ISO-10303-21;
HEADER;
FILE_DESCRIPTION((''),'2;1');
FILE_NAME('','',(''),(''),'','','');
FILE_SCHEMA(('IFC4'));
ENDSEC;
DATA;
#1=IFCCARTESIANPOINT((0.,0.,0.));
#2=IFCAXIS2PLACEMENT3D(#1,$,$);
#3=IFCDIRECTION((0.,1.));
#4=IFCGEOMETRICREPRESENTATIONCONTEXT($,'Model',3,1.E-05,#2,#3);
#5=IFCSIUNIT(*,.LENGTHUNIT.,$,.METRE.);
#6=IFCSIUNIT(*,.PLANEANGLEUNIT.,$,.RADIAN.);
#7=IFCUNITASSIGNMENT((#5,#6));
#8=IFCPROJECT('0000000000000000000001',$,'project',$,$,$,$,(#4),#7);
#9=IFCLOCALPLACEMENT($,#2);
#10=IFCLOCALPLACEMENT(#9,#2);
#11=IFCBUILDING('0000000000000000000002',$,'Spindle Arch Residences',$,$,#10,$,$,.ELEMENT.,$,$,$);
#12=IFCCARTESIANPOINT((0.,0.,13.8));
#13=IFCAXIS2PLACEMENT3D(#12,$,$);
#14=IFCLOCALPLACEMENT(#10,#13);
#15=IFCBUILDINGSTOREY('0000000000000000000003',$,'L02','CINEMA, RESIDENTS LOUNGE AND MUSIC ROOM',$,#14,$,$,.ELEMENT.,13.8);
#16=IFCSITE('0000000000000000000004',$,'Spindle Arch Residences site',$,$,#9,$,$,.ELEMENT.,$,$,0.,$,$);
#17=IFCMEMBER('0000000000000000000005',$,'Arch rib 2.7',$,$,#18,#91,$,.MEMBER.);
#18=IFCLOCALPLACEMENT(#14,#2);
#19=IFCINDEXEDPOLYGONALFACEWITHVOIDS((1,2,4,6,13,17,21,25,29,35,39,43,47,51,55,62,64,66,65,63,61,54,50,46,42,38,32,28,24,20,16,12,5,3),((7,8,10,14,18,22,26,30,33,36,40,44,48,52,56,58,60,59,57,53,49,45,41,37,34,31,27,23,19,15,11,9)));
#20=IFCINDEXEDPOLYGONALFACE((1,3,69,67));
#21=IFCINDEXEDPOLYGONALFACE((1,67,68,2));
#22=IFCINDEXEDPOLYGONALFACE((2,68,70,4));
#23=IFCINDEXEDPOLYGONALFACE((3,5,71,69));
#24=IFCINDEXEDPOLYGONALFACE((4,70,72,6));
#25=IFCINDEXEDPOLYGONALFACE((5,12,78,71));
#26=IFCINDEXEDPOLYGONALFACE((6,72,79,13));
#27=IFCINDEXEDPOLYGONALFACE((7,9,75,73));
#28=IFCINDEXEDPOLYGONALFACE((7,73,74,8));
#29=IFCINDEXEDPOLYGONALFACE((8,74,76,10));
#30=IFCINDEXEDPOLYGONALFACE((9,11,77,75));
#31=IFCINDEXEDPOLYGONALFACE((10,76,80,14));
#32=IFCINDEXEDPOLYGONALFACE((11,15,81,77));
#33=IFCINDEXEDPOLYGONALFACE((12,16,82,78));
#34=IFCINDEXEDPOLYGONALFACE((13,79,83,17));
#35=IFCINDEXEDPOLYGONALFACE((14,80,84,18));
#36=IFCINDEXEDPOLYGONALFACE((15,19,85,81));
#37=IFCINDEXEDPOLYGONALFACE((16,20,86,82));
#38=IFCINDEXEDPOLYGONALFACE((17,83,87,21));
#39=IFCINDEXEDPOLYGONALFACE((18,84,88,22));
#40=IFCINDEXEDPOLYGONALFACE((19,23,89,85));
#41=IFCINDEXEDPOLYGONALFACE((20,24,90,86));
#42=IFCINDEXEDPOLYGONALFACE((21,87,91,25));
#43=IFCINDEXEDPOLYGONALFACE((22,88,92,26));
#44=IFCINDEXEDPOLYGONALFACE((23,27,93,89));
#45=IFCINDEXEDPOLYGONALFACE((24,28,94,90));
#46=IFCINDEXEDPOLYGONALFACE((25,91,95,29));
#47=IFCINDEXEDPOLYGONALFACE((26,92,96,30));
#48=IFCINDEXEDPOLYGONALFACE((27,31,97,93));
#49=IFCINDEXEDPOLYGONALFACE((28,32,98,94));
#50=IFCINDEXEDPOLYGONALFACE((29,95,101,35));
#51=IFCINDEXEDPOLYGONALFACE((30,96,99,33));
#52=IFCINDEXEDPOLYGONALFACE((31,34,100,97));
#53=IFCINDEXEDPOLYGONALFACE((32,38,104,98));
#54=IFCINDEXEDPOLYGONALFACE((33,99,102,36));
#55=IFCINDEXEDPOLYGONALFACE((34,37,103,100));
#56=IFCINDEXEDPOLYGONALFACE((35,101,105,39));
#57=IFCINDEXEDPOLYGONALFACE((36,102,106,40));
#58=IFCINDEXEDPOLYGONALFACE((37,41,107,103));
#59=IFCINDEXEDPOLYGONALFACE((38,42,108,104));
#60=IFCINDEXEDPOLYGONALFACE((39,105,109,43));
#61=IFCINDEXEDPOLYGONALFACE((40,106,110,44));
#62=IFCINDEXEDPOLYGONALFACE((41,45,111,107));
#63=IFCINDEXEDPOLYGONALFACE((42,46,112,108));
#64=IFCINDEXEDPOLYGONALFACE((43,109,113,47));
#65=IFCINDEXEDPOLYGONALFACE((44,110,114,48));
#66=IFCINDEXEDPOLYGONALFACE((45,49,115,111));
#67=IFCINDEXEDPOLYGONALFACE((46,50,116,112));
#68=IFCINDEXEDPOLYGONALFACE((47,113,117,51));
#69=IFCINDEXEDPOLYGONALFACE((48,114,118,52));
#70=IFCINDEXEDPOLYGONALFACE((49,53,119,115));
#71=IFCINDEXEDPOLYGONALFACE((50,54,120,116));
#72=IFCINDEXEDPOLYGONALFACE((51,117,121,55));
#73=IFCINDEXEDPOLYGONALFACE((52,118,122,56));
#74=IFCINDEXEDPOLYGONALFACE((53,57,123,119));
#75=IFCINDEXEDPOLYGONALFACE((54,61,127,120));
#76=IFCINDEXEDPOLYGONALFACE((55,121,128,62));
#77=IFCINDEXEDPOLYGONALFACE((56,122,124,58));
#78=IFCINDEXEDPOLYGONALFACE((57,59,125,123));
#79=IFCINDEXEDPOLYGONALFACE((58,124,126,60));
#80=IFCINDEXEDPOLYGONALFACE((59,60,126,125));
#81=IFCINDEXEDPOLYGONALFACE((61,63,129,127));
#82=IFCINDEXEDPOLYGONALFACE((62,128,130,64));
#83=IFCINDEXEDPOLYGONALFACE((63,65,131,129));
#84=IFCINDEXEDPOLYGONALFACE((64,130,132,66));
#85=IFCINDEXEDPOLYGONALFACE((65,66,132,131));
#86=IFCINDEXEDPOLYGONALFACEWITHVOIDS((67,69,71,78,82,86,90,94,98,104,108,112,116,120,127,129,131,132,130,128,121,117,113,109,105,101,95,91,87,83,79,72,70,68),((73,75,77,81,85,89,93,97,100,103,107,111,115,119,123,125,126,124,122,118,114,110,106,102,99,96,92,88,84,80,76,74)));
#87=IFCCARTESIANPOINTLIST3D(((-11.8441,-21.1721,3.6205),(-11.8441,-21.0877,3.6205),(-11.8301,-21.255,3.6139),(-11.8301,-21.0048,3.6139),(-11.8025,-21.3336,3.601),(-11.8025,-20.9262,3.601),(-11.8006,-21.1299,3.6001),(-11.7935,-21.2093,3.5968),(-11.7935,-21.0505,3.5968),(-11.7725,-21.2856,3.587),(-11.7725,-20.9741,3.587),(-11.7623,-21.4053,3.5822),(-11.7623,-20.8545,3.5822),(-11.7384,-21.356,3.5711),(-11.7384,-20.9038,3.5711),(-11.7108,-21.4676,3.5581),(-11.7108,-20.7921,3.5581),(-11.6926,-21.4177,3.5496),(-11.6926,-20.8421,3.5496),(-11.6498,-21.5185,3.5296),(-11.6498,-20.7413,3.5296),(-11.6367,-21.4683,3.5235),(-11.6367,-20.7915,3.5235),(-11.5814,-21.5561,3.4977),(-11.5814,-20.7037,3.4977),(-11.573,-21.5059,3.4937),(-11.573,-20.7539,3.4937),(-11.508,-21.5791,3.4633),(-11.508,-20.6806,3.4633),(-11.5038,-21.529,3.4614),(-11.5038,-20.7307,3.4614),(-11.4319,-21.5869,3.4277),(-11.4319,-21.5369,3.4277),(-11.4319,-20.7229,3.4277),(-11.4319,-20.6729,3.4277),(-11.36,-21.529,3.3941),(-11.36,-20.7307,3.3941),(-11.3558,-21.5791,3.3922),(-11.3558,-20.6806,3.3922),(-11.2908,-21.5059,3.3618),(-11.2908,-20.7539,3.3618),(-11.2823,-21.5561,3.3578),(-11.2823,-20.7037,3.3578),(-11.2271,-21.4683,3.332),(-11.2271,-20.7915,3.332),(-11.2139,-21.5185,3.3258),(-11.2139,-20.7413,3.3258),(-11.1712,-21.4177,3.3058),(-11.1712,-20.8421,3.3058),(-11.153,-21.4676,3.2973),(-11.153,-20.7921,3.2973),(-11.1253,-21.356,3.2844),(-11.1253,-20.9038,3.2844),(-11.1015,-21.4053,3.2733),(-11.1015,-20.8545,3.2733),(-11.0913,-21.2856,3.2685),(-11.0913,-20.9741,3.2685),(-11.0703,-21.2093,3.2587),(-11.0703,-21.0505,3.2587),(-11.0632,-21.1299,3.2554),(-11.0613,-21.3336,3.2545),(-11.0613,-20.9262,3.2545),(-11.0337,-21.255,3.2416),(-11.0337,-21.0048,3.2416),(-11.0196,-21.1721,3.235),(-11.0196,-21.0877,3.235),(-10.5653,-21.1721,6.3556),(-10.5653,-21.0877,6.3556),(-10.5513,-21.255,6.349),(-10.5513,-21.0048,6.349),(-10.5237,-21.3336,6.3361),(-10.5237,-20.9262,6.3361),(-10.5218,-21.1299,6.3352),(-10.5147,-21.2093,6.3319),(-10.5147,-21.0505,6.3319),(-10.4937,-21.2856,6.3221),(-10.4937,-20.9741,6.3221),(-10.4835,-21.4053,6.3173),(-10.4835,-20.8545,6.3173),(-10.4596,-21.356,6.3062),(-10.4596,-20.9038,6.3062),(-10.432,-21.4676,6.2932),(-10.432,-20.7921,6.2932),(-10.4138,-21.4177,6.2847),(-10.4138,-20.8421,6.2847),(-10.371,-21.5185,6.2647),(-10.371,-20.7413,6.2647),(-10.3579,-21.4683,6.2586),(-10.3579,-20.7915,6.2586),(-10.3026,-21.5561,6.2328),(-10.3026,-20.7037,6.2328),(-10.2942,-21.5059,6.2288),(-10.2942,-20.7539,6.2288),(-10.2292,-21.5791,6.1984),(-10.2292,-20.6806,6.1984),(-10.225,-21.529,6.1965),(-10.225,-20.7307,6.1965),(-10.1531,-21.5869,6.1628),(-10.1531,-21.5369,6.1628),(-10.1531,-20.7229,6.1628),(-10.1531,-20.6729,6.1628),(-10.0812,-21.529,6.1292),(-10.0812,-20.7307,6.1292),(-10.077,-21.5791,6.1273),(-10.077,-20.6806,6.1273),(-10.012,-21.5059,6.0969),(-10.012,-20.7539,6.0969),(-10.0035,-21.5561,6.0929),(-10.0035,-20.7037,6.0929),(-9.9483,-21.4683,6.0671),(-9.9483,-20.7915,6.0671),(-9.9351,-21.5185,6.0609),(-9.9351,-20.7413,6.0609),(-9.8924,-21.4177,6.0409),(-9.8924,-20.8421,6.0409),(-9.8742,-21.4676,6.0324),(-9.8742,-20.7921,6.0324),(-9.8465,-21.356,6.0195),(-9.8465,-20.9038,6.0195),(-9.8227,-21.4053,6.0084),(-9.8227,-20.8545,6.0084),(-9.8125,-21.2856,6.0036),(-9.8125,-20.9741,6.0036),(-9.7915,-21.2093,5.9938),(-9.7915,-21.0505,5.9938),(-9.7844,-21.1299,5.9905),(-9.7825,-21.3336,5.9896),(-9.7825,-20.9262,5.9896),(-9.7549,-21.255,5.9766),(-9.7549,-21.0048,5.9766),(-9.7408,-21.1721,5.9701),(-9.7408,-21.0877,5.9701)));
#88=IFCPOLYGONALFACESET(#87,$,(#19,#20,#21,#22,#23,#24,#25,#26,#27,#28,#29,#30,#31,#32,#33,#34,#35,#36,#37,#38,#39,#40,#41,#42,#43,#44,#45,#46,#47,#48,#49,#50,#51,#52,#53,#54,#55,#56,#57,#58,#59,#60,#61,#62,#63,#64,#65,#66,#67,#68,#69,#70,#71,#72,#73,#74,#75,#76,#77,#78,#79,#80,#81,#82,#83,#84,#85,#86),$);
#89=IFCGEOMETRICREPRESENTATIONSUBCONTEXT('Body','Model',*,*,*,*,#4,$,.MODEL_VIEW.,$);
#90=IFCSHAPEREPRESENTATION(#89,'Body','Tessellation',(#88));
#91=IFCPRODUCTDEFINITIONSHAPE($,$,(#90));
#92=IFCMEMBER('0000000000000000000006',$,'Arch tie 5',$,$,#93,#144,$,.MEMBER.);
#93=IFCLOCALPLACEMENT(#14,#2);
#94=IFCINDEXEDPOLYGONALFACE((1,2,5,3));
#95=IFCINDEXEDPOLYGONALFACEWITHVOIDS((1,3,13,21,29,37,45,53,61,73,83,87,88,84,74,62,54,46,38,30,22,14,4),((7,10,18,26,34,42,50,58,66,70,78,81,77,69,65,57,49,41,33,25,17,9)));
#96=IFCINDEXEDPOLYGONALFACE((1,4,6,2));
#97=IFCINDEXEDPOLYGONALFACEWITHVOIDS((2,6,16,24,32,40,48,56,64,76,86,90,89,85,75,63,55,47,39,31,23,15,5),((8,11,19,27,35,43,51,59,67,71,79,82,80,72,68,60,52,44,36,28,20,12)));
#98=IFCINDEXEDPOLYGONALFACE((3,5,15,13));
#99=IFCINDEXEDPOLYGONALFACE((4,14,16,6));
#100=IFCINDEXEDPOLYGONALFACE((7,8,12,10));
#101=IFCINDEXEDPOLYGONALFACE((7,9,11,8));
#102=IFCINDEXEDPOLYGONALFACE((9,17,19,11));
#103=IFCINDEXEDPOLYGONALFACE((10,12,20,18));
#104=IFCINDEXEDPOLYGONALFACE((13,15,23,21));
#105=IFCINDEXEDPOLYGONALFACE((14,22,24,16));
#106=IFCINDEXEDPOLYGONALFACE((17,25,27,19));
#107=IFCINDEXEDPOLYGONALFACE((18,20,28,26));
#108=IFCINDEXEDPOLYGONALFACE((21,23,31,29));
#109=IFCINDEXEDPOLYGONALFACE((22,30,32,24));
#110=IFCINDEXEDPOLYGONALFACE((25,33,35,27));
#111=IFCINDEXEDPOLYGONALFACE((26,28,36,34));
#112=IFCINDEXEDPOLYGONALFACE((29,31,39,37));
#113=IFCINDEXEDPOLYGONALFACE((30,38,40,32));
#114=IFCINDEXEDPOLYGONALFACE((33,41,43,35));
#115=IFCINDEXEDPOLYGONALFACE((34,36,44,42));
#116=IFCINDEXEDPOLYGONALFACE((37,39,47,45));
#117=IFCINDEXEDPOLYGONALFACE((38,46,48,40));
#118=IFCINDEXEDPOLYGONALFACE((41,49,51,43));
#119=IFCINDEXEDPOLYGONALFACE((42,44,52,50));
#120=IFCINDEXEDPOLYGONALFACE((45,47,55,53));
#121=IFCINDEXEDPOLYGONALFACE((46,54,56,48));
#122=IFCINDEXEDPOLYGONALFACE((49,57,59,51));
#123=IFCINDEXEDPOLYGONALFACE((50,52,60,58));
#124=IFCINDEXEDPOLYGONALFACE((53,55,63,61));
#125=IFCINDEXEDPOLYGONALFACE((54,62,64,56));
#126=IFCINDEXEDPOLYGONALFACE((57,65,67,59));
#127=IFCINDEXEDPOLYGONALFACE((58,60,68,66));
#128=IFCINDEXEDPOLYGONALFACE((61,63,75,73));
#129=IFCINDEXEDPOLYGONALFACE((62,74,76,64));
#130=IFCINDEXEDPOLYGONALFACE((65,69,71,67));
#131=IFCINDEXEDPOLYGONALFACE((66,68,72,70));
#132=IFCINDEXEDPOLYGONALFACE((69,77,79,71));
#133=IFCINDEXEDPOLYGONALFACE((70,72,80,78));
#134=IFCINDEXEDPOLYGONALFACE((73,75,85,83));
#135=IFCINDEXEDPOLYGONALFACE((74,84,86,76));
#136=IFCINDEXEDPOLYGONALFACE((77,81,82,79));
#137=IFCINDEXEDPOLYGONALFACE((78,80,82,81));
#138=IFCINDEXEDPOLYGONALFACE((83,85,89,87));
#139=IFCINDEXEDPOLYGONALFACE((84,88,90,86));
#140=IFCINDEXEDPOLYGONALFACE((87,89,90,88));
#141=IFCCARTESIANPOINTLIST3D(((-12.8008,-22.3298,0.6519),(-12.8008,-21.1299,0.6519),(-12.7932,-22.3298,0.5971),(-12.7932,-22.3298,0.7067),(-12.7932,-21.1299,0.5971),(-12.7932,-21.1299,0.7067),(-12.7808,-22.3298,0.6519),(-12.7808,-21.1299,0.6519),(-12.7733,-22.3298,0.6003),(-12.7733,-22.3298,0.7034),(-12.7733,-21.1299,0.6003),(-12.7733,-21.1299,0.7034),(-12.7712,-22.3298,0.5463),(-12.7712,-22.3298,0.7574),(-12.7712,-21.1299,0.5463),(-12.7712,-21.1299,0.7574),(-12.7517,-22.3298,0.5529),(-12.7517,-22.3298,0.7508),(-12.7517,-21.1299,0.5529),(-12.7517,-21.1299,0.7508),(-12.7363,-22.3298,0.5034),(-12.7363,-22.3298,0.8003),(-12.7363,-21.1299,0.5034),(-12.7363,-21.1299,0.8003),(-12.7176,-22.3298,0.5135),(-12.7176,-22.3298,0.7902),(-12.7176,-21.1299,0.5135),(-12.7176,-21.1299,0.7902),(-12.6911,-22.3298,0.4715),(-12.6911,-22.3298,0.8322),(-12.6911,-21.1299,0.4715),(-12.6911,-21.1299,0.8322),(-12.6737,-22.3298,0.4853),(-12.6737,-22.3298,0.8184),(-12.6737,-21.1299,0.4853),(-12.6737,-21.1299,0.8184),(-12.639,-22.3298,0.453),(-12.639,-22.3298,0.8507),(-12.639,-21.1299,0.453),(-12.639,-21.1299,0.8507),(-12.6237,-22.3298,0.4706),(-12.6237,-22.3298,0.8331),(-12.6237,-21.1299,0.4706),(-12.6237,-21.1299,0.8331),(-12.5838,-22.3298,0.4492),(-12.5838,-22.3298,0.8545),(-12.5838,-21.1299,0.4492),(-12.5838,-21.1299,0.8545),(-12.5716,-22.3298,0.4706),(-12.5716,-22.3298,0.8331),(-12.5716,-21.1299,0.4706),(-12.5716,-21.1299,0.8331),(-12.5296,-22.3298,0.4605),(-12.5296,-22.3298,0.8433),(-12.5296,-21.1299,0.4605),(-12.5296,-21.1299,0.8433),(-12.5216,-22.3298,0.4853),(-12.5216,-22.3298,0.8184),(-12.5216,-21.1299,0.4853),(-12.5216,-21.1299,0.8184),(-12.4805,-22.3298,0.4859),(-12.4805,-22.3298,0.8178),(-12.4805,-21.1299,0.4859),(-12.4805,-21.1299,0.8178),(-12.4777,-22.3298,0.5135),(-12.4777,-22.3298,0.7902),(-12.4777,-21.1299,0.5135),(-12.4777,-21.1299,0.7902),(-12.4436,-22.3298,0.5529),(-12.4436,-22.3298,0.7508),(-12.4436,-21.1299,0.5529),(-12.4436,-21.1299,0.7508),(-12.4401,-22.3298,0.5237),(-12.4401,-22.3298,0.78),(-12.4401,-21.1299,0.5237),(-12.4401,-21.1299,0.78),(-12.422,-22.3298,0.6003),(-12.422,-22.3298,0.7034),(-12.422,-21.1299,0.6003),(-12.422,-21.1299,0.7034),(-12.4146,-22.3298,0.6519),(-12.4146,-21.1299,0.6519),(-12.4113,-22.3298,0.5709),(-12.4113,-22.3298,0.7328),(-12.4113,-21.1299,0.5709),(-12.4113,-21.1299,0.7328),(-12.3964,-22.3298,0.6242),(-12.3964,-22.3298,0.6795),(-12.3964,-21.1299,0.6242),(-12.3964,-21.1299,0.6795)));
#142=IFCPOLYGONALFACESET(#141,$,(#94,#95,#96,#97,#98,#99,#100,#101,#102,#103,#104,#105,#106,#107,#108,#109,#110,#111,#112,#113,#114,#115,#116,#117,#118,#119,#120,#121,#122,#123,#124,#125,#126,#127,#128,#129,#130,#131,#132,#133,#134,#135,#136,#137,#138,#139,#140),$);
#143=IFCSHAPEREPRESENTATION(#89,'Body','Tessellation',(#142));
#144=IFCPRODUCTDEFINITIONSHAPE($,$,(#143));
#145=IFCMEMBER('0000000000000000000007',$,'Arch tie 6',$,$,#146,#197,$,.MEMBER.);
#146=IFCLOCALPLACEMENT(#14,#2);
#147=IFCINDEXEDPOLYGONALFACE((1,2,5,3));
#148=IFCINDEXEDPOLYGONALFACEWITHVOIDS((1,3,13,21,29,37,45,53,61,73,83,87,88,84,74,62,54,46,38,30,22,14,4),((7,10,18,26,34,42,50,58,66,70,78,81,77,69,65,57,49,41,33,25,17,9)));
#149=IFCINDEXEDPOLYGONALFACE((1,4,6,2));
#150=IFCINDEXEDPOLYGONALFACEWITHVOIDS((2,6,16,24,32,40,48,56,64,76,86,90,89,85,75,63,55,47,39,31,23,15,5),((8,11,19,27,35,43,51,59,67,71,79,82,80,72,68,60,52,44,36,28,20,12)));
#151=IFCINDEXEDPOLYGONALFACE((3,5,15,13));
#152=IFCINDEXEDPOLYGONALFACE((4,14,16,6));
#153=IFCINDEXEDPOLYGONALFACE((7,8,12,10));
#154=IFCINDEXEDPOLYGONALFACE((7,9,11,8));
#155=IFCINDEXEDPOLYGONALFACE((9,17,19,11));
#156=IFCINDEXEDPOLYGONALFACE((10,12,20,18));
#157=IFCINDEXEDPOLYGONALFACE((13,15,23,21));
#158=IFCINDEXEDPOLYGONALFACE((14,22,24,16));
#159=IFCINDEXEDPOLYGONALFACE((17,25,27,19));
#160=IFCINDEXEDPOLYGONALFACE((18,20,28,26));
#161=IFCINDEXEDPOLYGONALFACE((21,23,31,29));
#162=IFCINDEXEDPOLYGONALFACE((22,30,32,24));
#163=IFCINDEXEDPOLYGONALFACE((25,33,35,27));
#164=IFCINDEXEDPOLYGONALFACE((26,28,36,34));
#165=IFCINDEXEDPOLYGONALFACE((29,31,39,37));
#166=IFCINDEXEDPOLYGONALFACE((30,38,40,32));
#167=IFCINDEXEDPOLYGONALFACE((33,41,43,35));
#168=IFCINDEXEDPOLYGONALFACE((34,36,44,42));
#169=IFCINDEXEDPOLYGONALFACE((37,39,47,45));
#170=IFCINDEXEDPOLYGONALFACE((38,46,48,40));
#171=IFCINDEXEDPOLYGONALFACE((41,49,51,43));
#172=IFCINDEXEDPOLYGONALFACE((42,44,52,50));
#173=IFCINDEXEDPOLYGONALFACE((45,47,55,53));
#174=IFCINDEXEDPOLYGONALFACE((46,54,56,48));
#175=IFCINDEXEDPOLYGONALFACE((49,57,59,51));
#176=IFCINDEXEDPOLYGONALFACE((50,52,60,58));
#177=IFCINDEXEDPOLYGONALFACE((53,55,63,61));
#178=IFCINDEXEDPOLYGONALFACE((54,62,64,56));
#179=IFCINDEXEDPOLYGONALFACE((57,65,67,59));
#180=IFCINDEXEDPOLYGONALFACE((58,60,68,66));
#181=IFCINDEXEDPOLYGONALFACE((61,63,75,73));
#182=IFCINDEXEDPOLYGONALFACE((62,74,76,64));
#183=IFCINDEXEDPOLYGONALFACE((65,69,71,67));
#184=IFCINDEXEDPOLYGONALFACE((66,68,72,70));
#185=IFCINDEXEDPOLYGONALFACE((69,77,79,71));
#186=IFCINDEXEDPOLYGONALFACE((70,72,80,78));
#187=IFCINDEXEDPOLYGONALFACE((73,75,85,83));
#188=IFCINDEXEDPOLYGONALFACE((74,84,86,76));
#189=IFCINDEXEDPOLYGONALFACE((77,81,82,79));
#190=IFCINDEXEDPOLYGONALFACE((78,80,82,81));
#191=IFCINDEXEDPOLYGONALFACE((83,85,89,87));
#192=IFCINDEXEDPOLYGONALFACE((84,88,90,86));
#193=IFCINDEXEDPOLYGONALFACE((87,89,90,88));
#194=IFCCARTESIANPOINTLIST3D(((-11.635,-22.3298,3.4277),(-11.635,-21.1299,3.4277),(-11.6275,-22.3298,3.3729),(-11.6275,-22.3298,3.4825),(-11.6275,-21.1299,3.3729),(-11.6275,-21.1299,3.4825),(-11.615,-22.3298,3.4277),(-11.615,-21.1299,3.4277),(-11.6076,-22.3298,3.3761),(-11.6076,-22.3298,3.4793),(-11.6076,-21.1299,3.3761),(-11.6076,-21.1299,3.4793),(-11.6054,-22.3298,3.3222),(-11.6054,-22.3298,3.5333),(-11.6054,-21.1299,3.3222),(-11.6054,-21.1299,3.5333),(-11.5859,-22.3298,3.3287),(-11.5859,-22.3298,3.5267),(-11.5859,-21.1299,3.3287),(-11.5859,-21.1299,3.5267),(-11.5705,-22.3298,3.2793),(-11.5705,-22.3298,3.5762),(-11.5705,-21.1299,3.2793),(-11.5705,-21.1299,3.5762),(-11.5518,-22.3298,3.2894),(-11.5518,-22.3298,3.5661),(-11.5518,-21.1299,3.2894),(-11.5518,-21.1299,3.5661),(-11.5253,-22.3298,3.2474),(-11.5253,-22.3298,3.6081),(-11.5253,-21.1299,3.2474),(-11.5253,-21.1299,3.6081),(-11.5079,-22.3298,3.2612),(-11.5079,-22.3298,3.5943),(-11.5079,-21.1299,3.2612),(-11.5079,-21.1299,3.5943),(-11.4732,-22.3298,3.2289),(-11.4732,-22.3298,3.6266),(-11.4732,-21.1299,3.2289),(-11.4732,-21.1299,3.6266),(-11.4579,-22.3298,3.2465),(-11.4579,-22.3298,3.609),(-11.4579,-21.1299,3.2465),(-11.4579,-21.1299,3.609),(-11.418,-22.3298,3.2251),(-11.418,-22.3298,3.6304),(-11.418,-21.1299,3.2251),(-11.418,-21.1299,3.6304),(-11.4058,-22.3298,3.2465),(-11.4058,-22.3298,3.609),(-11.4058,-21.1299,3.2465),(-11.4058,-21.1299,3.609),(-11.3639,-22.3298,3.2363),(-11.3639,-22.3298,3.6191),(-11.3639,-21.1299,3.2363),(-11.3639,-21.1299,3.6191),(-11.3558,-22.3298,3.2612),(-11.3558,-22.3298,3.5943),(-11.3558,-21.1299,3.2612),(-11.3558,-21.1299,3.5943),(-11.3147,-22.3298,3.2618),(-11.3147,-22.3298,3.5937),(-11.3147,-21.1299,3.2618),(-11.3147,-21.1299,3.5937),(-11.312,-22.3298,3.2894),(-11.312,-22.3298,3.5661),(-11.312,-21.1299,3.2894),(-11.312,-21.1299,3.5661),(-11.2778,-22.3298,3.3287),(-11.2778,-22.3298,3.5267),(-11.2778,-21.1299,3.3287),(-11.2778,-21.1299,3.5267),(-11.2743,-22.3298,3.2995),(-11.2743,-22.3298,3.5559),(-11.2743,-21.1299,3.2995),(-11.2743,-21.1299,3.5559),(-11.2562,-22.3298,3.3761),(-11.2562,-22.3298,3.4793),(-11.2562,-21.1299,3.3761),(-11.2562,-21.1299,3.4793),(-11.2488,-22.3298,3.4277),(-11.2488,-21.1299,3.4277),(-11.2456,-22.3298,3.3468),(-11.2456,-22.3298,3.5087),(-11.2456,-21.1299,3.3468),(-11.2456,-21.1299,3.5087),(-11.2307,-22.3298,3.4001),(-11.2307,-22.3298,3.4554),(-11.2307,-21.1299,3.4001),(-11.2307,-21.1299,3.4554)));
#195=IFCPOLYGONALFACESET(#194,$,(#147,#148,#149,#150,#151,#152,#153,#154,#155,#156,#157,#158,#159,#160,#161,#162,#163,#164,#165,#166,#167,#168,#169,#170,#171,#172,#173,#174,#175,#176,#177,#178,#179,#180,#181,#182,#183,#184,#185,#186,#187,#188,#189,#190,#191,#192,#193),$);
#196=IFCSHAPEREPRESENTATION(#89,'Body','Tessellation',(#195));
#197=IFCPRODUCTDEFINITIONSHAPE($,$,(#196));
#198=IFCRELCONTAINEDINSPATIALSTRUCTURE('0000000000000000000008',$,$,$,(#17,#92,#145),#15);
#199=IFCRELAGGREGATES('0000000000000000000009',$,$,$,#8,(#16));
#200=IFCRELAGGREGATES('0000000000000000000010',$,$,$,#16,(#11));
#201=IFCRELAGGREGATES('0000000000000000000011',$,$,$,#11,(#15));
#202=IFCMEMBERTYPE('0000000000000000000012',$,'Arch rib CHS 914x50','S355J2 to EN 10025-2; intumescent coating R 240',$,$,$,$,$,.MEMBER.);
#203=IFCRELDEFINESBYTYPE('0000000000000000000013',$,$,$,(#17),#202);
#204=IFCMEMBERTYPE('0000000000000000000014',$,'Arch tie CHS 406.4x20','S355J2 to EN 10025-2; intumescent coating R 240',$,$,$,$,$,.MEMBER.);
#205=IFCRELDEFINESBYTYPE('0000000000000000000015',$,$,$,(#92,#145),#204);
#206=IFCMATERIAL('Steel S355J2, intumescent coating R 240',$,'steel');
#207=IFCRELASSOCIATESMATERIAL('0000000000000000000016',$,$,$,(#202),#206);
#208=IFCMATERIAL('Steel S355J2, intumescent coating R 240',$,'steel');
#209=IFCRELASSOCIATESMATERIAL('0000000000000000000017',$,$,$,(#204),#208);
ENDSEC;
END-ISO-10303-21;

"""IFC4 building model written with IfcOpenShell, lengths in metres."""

from ifc_helpers import new_model, si_unit, direction, frame, origin, origin_2d, place, context, subcontext, project, spatial, hollow_circle, extrude, material, material_profile, profile_set, type_object, element, save


model = new_model("IFC4")

# Units and contexts
model_context = context("Model", 3, precision=1e-05, world=origin(), true_north=direction((0.0, 1.0)))
body_context = subcontext(model_context, "Body", "Model", "MODEL_VIEW")
ifc_project = project(units=[si_unit("LENGTHUNIT", "METRE"), si_unit("PLANEANGLEUNIT", "RADIAN")], contexts=[model_context])

# Site, building, storey
site_placement = place(None, origin())
site = spatial("IfcSite", under=ifc_project, at=site_placement, Name="Spindle Arch Residences site", CompositionType="ELEMENT", RefElevation=0.0)
building_placement = place(site_placement, origin())
building = spatial("IfcBuilding", under=site, at=building_placement, Name="Spindle Arch Residences", CompositionType="ELEMENT")
storey_placement = place(building_placement, frame((0.0, 0.0, 13.8)))
storey = spatial("IfcBuildingStorey", under=building, at=storey_placement, Name="L02", Description="CINEMA, RESIDENTS LOUNGE AND MUSIC ROOM", CompositionType="ELEMENT", Elevation=13.8)

# Members
ifc_material_1 = material(Name="Steel S355J2, intumescent coating R 240", Category="steel")
ifc_material_profile_1 = material_profile(ifc_material_1, hollow_circle(Radius=0.457, WallThickness=0.05, at=origin_2d()), Name="CHS 914x50")
ifc_profile_set_1 = profile_set([ifc_material_profile_1], Name="Steel S355J2, intumescent coating R 240")
member_type_1 = type_object("IfcMemberType", Name="Arch rib CHS 914x50", Description="S355J2 to EN 10025-2; intumescent coating R 240", PredefinedType="MEMBER", material=ifc_profile_set_1)
member_1_placement = place(storey_placement, frame((-11.4319, -21.1299, 3.4277), z_axis=(0.423545, 0.0, 0.905875), x_axis=(0.0, 1.0, 0.0)))
element("IfcMember", 1, at=member_1_placement, inside=storey, type_object=member_type_1, Name="Arch rib 2.7", PredefinedType="MEMBER", context=body_context, shape_type="SweptSolid", body=[
    extrude(hollow_circle(Radius=0.457, WallThickness=0.05, at=origin_2d()), origin(), (0.0, 0.0, 1.0), 3.0193),
])
ifc_material_2 = material(Name="Steel S355J2, intumescent coating R 240", Category="steel")
ifc_material_profile_2 = material_profile(ifc_material_2, hollow_circle(Radius=0.2031, WallThickness=0.02, at=origin_2d()), Name="CHS 406.4x20")
ifc_profile_set_2 = profile_set([ifc_material_profile_2], Name="Steel S355J2, intumescent coating R 240")
member_type_2 = type_object("IfcMemberType", Name="Arch tie CHS 406.4x20", Description="S355J2 to EN 10025-2; intumescent coating R 240", PredefinedType="MEMBER", material=ifc_profile_set_2)
for number, where, z_axis, x_axis, name in (
    (2, (-12.5977, -22.3298, 0.6519), (0.0, 1.0, 0.0), (-1.0, 0.0, 0.0), "Arch tie 5"),
    (3, (-11.4319, -22.3298, 3.4277), (0.0, 1.0, 0.0), (-1.0, 0.0, 0.0), "Arch tie 6"),
):
    element("IfcMember", number, at=place(storey_placement, frame(where, z_axis=z_axis, x_axis=x_axis)), inside=storey, type_object=member_type_2, Name=name, PredefinedType="MEMBER", context=body_context, shape_type="SweptSolid", body=[
        extrude(hollow_circle(Radius=0.2031, WallThickness=0.02, at=origin_2d()), origin(), (0.0, 0.0, 1.0), 1.2),
    ])

save(model, "model.ifc")
